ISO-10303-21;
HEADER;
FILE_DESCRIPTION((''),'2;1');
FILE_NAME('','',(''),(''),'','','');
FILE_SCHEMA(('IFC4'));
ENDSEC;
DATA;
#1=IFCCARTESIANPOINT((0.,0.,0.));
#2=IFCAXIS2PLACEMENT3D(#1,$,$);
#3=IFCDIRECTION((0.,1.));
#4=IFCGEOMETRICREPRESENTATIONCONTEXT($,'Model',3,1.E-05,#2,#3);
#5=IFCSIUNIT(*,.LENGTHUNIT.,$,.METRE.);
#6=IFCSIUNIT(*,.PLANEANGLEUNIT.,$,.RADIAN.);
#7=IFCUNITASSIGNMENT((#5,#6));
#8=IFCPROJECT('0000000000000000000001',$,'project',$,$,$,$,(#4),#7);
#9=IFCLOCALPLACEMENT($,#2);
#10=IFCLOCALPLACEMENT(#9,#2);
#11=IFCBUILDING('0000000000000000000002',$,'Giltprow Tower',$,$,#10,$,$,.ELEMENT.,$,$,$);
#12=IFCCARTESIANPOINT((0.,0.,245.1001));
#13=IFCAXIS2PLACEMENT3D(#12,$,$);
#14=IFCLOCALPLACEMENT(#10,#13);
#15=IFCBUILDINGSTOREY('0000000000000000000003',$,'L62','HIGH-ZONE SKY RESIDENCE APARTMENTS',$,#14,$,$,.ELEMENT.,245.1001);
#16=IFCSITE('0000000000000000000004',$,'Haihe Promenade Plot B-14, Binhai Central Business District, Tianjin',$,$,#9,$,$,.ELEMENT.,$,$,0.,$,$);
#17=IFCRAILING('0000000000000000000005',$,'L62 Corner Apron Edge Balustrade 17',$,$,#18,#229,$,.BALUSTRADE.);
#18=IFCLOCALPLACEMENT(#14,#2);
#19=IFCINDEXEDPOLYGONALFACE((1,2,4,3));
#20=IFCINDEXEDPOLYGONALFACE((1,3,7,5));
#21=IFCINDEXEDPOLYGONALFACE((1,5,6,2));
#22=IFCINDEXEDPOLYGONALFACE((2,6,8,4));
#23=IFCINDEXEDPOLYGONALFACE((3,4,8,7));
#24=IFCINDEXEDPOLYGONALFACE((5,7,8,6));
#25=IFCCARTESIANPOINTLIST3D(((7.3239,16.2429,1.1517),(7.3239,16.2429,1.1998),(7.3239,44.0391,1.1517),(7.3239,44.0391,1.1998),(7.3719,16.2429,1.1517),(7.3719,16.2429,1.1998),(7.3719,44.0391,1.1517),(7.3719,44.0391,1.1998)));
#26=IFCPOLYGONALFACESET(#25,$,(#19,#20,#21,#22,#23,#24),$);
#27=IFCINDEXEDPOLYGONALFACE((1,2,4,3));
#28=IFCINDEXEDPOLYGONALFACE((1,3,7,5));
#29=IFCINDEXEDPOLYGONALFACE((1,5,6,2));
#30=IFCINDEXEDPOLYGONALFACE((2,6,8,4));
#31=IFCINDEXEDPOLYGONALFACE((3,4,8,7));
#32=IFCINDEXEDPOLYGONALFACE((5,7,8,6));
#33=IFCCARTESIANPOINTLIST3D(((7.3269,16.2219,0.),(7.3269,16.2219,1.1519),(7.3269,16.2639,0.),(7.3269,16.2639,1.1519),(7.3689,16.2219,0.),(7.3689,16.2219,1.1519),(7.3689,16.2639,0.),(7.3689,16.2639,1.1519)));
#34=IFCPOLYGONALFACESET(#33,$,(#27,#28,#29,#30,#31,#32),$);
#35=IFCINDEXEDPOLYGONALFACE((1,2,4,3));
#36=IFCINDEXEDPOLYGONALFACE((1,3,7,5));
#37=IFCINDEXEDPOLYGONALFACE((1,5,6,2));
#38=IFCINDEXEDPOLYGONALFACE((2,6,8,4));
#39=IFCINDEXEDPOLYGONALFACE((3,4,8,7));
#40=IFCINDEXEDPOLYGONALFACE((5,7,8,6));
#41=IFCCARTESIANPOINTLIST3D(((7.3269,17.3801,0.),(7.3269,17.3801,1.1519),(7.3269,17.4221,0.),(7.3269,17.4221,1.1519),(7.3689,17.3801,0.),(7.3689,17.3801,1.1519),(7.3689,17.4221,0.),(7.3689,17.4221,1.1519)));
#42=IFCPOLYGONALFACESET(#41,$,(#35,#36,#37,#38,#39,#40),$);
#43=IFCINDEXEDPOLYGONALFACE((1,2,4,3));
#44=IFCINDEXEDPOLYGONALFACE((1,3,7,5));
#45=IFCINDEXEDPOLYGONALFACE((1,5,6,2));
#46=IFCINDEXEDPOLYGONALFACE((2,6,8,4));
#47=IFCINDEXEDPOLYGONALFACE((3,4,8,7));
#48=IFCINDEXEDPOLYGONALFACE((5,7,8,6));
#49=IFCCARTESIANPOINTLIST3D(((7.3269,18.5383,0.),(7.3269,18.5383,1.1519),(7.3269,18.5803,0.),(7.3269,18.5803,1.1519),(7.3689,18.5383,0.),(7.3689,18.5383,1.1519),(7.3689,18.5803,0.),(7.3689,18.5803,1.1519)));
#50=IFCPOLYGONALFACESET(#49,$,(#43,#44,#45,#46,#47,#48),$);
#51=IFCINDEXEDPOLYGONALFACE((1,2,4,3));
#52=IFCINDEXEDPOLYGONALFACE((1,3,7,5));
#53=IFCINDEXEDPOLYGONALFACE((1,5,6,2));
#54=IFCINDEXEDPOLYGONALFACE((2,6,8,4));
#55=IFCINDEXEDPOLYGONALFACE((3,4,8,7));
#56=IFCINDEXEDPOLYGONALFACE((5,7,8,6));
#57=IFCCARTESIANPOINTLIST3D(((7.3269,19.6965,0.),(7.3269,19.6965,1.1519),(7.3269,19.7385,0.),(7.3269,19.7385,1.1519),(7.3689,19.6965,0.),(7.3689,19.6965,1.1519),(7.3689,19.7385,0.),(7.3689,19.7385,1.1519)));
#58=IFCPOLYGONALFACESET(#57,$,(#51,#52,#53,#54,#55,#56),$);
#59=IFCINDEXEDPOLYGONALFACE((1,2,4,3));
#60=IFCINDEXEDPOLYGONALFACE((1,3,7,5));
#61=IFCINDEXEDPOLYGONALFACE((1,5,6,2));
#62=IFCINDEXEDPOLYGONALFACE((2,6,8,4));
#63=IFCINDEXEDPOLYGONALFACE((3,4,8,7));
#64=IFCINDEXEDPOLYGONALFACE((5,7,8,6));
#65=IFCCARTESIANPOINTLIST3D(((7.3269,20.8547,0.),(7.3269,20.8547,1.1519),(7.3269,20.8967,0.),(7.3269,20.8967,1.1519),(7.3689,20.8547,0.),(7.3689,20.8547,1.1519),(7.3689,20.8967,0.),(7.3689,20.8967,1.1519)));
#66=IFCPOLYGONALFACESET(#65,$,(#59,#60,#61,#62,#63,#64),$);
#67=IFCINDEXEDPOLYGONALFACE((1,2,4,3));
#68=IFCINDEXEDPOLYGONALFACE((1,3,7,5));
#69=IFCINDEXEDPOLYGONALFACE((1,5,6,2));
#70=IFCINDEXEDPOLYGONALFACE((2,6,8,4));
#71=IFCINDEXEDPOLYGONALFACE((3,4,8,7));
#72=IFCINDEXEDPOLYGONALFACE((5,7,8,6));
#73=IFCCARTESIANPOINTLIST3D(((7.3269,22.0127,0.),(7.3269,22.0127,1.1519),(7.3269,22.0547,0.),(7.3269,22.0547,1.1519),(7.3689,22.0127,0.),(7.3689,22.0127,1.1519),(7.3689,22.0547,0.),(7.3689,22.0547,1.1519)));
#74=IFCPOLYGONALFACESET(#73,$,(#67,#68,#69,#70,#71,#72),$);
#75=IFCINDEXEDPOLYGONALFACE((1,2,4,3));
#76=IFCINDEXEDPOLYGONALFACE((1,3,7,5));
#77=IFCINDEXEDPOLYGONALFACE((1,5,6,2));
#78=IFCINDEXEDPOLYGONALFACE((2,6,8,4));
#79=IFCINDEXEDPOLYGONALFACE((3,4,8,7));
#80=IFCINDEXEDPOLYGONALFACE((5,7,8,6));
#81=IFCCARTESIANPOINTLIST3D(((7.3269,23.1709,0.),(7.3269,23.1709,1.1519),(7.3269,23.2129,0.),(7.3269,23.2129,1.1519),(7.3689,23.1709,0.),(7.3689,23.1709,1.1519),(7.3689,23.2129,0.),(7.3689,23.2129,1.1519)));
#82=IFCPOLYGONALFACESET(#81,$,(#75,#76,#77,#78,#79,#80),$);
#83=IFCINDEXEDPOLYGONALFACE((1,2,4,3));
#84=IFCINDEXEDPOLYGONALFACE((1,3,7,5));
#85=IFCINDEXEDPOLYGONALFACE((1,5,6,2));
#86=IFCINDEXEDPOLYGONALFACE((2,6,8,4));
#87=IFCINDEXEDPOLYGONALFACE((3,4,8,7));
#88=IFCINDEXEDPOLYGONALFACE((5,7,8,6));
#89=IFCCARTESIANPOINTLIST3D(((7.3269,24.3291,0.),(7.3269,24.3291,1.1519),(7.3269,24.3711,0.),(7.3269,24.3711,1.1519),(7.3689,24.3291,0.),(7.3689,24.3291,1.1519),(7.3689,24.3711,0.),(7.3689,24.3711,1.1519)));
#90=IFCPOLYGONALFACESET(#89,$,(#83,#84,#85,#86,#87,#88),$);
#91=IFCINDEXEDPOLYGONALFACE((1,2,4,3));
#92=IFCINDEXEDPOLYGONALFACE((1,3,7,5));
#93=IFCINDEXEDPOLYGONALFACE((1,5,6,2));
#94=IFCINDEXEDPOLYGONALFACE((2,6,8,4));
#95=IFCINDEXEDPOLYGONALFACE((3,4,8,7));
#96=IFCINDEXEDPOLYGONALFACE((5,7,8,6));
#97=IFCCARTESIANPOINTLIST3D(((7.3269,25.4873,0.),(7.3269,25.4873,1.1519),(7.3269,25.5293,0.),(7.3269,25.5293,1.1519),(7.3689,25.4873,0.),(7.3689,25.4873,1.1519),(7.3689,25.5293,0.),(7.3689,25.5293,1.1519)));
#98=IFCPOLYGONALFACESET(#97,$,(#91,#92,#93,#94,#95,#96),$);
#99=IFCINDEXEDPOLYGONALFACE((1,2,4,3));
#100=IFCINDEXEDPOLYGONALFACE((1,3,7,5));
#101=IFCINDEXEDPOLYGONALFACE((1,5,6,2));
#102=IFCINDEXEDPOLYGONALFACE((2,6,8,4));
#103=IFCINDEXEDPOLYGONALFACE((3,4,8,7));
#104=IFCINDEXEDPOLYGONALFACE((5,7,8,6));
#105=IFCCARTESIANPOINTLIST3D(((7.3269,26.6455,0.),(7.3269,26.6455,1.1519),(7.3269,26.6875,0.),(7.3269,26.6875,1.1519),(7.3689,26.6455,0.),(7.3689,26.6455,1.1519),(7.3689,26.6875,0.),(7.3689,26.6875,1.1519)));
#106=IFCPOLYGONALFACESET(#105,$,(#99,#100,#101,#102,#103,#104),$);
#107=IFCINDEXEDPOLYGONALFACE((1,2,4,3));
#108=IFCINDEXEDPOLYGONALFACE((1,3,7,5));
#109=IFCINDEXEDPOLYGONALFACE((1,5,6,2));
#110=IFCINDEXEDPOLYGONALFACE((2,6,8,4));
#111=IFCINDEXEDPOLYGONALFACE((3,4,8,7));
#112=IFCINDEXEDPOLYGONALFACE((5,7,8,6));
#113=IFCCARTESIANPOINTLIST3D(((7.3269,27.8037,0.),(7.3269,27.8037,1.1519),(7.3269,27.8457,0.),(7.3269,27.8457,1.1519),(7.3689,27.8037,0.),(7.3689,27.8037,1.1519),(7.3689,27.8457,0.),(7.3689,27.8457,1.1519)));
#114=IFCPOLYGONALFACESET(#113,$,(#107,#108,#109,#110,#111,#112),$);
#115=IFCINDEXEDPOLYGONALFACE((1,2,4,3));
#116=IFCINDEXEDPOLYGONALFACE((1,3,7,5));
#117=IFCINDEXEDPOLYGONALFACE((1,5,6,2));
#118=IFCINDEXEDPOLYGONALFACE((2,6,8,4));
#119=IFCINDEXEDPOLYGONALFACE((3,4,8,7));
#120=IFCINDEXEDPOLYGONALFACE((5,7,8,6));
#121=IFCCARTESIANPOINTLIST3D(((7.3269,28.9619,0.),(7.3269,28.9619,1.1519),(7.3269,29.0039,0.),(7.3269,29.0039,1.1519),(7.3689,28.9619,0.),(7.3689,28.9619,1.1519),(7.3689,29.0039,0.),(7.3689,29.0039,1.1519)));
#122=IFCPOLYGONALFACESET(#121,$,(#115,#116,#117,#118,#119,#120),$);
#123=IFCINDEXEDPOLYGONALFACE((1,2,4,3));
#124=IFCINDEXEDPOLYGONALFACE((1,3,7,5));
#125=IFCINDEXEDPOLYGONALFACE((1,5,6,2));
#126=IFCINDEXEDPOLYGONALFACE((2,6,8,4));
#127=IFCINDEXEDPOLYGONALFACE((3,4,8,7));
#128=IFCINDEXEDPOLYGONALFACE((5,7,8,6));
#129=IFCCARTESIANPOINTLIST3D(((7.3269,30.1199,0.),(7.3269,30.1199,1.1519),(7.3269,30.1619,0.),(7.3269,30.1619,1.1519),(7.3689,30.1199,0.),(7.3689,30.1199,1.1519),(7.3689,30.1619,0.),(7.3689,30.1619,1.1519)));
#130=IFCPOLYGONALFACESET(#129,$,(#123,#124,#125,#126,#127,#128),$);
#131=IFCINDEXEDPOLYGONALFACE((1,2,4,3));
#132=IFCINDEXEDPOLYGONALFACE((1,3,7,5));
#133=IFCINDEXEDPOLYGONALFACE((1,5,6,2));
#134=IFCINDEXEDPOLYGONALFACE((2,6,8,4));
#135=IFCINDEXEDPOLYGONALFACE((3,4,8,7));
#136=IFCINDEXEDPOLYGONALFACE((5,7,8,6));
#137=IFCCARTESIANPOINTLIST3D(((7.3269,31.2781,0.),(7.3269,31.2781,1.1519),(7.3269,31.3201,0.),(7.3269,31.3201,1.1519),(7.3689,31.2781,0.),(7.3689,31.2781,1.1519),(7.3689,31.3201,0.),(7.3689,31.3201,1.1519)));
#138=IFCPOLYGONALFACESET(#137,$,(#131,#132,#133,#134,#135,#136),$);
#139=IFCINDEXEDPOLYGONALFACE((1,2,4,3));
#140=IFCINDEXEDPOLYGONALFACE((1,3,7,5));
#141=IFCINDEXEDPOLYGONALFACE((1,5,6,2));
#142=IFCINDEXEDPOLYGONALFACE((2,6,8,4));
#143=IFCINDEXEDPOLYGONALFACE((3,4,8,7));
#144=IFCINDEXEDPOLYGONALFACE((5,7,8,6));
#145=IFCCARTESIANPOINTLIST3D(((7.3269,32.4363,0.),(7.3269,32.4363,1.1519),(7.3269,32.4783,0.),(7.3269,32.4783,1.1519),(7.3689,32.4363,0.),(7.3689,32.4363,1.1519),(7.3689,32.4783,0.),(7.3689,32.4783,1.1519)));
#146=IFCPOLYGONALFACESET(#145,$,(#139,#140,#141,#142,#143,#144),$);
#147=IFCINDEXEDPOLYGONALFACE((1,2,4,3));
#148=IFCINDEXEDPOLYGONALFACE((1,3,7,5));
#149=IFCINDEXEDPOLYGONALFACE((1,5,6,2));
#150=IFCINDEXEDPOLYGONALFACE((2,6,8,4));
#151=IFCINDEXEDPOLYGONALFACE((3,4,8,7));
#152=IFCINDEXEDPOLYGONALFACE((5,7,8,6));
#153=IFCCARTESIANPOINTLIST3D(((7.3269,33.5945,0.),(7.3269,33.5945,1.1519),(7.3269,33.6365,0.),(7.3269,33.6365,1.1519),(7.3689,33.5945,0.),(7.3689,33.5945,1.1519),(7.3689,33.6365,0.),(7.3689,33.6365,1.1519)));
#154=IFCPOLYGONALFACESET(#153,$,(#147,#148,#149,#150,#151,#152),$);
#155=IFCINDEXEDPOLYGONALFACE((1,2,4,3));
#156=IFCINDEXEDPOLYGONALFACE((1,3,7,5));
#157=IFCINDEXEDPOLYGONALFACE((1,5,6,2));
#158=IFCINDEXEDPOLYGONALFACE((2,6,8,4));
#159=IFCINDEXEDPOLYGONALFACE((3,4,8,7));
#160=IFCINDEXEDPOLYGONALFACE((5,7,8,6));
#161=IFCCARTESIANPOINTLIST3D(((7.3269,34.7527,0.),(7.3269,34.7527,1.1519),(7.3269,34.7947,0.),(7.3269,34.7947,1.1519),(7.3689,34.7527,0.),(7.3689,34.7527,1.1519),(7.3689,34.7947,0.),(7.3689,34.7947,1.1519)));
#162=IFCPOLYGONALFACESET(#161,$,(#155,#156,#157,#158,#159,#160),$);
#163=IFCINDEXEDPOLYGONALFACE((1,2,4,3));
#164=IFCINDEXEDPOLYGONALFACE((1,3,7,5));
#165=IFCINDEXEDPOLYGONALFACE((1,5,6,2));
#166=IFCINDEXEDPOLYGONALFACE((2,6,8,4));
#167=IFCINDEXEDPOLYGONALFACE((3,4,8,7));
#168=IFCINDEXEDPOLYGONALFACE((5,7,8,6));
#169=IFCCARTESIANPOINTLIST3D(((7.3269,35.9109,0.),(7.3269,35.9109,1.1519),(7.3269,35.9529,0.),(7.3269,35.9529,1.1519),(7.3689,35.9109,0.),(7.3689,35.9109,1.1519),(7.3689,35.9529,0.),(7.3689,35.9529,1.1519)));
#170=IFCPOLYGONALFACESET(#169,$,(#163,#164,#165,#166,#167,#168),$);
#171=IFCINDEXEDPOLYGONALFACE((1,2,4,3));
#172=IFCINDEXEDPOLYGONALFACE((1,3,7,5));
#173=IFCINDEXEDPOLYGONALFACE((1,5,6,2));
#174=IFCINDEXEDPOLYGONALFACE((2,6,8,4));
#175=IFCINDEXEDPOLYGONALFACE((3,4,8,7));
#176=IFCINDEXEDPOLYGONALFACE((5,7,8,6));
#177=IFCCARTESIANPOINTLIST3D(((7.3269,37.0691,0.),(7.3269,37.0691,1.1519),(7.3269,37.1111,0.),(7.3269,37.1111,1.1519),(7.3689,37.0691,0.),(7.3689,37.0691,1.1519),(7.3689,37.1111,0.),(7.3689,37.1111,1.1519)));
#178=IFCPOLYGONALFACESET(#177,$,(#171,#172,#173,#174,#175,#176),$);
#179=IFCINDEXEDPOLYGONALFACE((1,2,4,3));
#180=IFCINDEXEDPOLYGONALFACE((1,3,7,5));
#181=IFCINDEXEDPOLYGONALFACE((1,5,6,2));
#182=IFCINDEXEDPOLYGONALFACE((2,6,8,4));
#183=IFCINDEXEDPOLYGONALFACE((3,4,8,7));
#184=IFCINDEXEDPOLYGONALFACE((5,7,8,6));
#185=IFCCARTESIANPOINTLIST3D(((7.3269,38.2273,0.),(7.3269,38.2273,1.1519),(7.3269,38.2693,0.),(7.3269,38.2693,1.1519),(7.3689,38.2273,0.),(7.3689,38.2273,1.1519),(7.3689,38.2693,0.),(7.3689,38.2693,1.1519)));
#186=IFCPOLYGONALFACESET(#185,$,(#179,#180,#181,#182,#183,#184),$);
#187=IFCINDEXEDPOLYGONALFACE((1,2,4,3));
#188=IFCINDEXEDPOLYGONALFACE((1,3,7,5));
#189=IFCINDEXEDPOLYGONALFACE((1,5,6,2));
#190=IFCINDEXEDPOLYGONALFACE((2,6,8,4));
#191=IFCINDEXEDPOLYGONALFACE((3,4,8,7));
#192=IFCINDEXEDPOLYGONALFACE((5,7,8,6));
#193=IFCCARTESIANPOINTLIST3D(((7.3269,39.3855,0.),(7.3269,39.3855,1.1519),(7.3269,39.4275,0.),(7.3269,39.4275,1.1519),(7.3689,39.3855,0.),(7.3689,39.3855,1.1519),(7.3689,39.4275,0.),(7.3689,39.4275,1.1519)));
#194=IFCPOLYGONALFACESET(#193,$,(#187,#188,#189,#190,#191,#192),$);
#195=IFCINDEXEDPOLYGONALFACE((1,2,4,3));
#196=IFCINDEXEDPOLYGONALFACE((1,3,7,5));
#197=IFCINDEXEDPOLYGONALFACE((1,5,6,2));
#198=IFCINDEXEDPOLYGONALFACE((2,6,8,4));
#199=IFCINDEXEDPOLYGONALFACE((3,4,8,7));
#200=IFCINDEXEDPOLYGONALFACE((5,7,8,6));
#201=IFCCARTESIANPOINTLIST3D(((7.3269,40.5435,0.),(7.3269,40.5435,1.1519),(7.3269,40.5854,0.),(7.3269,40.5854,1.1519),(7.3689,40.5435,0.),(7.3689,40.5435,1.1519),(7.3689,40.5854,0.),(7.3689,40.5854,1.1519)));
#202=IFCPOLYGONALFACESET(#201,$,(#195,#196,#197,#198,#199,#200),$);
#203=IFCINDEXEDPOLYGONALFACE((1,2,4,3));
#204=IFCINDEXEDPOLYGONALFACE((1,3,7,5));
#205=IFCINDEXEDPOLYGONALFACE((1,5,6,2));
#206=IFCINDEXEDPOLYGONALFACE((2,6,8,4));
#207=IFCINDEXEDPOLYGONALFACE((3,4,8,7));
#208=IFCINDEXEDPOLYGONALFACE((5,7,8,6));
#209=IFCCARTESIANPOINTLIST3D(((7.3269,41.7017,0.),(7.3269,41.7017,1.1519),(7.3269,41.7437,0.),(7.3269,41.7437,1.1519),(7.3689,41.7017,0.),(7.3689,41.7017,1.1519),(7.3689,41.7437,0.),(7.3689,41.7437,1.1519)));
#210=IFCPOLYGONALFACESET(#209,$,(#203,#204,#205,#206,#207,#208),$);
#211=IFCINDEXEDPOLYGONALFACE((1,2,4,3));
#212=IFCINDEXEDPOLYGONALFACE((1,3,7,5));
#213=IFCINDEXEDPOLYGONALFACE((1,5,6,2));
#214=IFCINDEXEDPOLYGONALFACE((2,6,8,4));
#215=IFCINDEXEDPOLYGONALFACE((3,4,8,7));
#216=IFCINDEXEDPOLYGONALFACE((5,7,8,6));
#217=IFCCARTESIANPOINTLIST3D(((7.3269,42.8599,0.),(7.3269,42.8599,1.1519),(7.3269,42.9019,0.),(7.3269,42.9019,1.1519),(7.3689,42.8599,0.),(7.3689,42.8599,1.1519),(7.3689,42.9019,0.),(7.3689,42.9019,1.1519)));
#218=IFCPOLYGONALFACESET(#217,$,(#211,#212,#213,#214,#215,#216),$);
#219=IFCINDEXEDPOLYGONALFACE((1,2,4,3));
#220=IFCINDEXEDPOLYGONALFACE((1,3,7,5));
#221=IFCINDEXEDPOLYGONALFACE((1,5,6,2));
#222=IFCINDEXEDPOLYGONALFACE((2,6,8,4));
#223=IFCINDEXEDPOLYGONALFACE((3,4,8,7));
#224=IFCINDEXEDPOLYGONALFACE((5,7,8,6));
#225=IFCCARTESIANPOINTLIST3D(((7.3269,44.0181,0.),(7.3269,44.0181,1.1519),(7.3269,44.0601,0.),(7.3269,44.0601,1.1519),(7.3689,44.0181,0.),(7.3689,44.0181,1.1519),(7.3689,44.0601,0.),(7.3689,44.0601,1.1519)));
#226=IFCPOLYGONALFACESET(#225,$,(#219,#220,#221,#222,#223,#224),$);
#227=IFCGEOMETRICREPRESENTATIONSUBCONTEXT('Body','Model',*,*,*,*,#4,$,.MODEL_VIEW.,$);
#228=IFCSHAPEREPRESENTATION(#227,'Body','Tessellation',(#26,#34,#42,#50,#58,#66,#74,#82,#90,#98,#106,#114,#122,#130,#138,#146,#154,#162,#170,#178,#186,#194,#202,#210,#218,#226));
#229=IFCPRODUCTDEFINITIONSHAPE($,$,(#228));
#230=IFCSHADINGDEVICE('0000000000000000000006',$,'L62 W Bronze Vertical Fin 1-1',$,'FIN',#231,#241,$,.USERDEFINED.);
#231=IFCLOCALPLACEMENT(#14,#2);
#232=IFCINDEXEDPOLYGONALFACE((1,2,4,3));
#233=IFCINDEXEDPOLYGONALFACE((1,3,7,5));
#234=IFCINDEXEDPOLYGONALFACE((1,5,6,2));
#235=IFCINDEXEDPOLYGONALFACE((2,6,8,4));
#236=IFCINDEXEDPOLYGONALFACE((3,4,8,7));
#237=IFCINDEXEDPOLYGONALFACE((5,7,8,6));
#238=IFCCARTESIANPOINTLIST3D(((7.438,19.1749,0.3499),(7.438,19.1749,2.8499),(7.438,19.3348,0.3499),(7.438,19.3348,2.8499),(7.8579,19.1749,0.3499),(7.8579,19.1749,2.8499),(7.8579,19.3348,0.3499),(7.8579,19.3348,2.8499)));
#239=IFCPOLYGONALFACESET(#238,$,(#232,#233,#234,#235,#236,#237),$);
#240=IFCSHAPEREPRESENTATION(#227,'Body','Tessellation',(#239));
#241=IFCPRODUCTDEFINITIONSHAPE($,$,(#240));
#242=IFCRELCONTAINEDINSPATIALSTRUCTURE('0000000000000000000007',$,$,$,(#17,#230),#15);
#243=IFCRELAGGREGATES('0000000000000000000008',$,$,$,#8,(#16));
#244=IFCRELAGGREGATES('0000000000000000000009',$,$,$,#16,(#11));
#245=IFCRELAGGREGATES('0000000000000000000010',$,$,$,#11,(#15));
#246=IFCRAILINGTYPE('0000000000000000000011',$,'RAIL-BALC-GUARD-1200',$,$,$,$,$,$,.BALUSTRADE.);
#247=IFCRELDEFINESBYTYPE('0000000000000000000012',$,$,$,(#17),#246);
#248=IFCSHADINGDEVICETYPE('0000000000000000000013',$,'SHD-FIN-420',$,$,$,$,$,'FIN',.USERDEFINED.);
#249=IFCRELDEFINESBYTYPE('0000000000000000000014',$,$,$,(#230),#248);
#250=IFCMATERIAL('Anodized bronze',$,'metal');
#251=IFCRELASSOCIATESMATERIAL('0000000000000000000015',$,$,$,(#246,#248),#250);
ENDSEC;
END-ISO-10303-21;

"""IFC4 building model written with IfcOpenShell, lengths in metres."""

from ifc_helpers import new_model, si_unit, direction, frame, origin, origin_2d, place, context, subcontext, project, spatial, rectangle, extrude, source, transform, mapped, material, type_object, element, save


model = new_model("IFC4")

# Units and contexts
model_context = context("Model", 3, precision=1e-05, world=origin(), true_north=direction((0.0, 1.0)))
body_context = subcontext(model_context, "Body", "Model", "MODEL_VIEW")
ifc_project = project(units=[si_unit("LENGTHUNIT", "METRE"), si_unit("PLANEANGLEUNIT", "RADIAN")], contexts=[model_context])

# Site, building, storey
site_placement = place(None, origin())
site = spatial("IfcSite", under=ifc_project, at=site_placement, Name="Haihe Promenade Plot B-14, Binhai Central Business District, Tianjin", CompositionType="ELEMENT", RefElevation=0.0)
building_placement = place(site_placement, origin())
building = spatial("IfcBuilding", under=site, at=building_placement, Name="Giltprow Tower", CompositionType="ELEMENT")
storey_placement = place(building_placement, frame((0.0, 0.0, 245.1001)))
storey = spatial("IfcBuildingStorey", under=building, at=storey_placement, Name="L62", Description="HIGH-ZONE SKY RESIDENCE APARTMENTS", CompositionType="ELEMENT", Elevation=245.1001)

# Shared definitions
ifc_material_1 = material(Name="Anodized bronze", Category="metal")

# Railing
railing_type = type_object("IfcRailingType", Name="RAIL-BALC-GUARD-1200", PredefinedType="BALUSTRADE", material=ifc_material_1)
railing_1_placement = place(storey_placement, frame((7.3479, 16.2429, 0.0)))
element("IfcRailing", 1, at=railing_1_placement, inside=storey, type_object=railing_type, Name="L62 Corner Apron Edge Balustrade 17", PredefinedType="BALUSTRADE", context=body_context, shape_type="SweptSolid", body=[
    extrude(rectangle(XDim=0.0481, YDim=0.0481, at=origin_2d()), frame((0.0, 0.0, 1.1758), z_axis=(0.0, 1.0, 0.0), x_axis=(-1.0, 0.0, 0.0)), (0.0, 0.0, 1.0), 27.7961),
    extrude(rectangle(XDim=0.042, YDim=0.042, at=origin_2d()), origin(), (0.0, 0.0, 1.0), 1.1519),
    extrude(rectangle(XDim=0.042, YDim=0.042, at=origin_2d()), frame((0.0, 1.1582, 0.0)), (0.0, 0.0, 1.0), 1.1519),
    extrude(rectangle(XDim=0.042, YDim=0.042, at=origin_2d()), frame((0.0, 2.3164, 0.0)), (0.0, 0.0, 1.0), 1.1519),
    extrude(rectangle(XDim=0.042, YDim=0.042, at=origin_2d()), frame((0.0, 3.4746, 0.0)), (0.0, 0.0, 1.0), 1.1519),
    extrude(rectangle(XDim=0.042, YDim=0.042, at=origin_2d()), frame((0.0, 4.6328, 0.0)), (0.0, 0.0, 1.0), 1.1519),
    extrude(rectangle(XDim=0.042, YDim=0.042, at=origin_2d()), frame((0.0, 5.7908, 0.0)), (0.0, 0.0, 1.0), 1.1519),
    extrude(rectangle(XDim=0.042, YDim=0.042, at=origin_2d()), frame((0.0, 6.949, 0.0)), (0.0, 0.0, 1.0), 1.1519),
    extrude(rectangle(XDim=0.042, YDim=0.042, at=origin_2d()), frame((0.0, 8.1072, 0.0)), (0.0, 0.0, 1.0), 1.1519),
    extrude(rectangle(XDim=0.042, YDim=0.042, at=origin_2d()), frame((0.0, 9.2654, 0.0)), (0.0, 0.0, 1.0), 1.1519),
    extrude(rectangle(XDim=0.042, YDim=0.042, at=origin_2d()), frame((0.0, 10.4236, 0.0)), (0.0, 0.0, 1.0), 1.1519),
    extrude(rectangle(XDim=0.042, YDim=0.042, at=origin_2d()), frame((0.0, 11.5818, 0.0)), (0.0, 0.0, 1.0), 1.1519),
    extrude(rectangle(XDim=0.042, YDim=0.042, at=origin_2d()), frame((0.0, 12.74, 0.0)), (0.0, 0.0, 1.0), 1.1519),
    extrude(rectangle(XDim=0.042, YDim=0.042, at=origin_2d()), frame((0.0, 13.8979, 0.0)), (0.0, 0.0, 1.0), 1.1519),
    extrude(rectangle(XDim=0.042, YDim=0.042, at=origin_2d()), frame((0.0, 15.0562, 0.0)), (0.0, 0.0, 1.0), 1.1519),
    extrude(rectangle(XDim=0.042, YDim=0.042, at=origin_2d()), frame((0.0, 16.2144, 0.0)), (0.0, 0.0, 1.0), 1.1519),
    extrude(rectangle(XDim=0.042, YDim=0.042, at=origin_2d()), frame((0.0, 17.3726, 0.0)), (0.0, 0.0, 1.0), 1.1519),
    extrude(rectangle(XDim=0.042, YDim=0.042, at=origin_2d()), frame((0.0, 18.5308, 0.0)), (0.0, 0.0, 1.0), 1.1519),
    extrude(rectangle(XDim=0.042, YDim=0.042, at=origin_2d()), frame((0.0, 19.689, 0.0)), (0.0, 0.0, 1.0), 1.1519),
    extrude(rectangle(XDim=0.042, YDim=0.042, at=origin_2d()), frame((0.0, 20.8472, 0.0)), (0.0, 0.0, 1.0), 1.1519),
    extrude(rectangle(XDim=0.042, YDim=0.042, at=origin_2d()), frame((0.0, 22.0054, 0.0)), (0.0, 0.0, 1.0), 1.1519),
    extrude(rectangle(XDim=0.042, YDim=0.042, at=origin_2d()), frame((0.0, 23.1636, 0.0)), (0.0, 0.0, 1.0), 1.1519),
    extrude(rectangle(XDim=0.042, YDim=0.042, at=origin_2d()), frame((0.0, 24.3215, 0.0)), (0.0, 0.0, 1.0), 1.1519),
    extrude(rectangle(XDim=0.042, YDim=0.042, at=origin_2d()), frame((0.0, 25.4797, 0.0)), (0.0, 0.0, 1.0), 1.1519),
    extrude(rectangle(XDim=0.042, YDim=0.042, at=origin_2d()), frame((0.0, 26.6379, 0.0)), (0.0, 0.0, 1.0), 1.1519),
    extrude(rectangle(XDim=0.042, YDim=0.042, at=origin_2d()), frame((0.0, 27.7961, 0.0)), (0.0, 0.0, 1.0), 1.1519),
])

# Shading device
shading_device_type = type_object("IfcShadingDeviceType", Name="SHD-FIN-420", ElementType="FIN", PredefinedType="USERDEFINED", material=ifc_material_1)
shared_shape_1 = source(origin(), body_context, "Body", "SweptSolid", [
    extrude(rectangle(XDim=0.4199, YDim=0.1599, at=origin_2d()), origin(), (0.0, 0.0, 1.0), 2.5),
])
shading_device_placement = place(storey_placement, frame((7.6479, 19.2549, 0.3499), z_axis=(0.0, 0.0, 1.0), x_axis=(1.0, 0.0, 0.0)))
element("IfcShadingDevice", 2, at=shading_device_placement, inside=storey, type_object=shading_device_type, Name="L62 W Bronze Vertical Fin 1-1", ObjectType="FIN", PredefinedType="USERDEFINED", context=body_context, shape_type="MappedRepresentation", body=[
    mapped(shared_shape_1, transform((0.0, 0.0, 0.0), x_axis=(1.0, 0.0, 0.0), y_axis=(0.0, 1.0, 0.0), z_axis=(0.0, 0.0, 1.0), scale=1.0)),
])

save(model, "model.ifc")
